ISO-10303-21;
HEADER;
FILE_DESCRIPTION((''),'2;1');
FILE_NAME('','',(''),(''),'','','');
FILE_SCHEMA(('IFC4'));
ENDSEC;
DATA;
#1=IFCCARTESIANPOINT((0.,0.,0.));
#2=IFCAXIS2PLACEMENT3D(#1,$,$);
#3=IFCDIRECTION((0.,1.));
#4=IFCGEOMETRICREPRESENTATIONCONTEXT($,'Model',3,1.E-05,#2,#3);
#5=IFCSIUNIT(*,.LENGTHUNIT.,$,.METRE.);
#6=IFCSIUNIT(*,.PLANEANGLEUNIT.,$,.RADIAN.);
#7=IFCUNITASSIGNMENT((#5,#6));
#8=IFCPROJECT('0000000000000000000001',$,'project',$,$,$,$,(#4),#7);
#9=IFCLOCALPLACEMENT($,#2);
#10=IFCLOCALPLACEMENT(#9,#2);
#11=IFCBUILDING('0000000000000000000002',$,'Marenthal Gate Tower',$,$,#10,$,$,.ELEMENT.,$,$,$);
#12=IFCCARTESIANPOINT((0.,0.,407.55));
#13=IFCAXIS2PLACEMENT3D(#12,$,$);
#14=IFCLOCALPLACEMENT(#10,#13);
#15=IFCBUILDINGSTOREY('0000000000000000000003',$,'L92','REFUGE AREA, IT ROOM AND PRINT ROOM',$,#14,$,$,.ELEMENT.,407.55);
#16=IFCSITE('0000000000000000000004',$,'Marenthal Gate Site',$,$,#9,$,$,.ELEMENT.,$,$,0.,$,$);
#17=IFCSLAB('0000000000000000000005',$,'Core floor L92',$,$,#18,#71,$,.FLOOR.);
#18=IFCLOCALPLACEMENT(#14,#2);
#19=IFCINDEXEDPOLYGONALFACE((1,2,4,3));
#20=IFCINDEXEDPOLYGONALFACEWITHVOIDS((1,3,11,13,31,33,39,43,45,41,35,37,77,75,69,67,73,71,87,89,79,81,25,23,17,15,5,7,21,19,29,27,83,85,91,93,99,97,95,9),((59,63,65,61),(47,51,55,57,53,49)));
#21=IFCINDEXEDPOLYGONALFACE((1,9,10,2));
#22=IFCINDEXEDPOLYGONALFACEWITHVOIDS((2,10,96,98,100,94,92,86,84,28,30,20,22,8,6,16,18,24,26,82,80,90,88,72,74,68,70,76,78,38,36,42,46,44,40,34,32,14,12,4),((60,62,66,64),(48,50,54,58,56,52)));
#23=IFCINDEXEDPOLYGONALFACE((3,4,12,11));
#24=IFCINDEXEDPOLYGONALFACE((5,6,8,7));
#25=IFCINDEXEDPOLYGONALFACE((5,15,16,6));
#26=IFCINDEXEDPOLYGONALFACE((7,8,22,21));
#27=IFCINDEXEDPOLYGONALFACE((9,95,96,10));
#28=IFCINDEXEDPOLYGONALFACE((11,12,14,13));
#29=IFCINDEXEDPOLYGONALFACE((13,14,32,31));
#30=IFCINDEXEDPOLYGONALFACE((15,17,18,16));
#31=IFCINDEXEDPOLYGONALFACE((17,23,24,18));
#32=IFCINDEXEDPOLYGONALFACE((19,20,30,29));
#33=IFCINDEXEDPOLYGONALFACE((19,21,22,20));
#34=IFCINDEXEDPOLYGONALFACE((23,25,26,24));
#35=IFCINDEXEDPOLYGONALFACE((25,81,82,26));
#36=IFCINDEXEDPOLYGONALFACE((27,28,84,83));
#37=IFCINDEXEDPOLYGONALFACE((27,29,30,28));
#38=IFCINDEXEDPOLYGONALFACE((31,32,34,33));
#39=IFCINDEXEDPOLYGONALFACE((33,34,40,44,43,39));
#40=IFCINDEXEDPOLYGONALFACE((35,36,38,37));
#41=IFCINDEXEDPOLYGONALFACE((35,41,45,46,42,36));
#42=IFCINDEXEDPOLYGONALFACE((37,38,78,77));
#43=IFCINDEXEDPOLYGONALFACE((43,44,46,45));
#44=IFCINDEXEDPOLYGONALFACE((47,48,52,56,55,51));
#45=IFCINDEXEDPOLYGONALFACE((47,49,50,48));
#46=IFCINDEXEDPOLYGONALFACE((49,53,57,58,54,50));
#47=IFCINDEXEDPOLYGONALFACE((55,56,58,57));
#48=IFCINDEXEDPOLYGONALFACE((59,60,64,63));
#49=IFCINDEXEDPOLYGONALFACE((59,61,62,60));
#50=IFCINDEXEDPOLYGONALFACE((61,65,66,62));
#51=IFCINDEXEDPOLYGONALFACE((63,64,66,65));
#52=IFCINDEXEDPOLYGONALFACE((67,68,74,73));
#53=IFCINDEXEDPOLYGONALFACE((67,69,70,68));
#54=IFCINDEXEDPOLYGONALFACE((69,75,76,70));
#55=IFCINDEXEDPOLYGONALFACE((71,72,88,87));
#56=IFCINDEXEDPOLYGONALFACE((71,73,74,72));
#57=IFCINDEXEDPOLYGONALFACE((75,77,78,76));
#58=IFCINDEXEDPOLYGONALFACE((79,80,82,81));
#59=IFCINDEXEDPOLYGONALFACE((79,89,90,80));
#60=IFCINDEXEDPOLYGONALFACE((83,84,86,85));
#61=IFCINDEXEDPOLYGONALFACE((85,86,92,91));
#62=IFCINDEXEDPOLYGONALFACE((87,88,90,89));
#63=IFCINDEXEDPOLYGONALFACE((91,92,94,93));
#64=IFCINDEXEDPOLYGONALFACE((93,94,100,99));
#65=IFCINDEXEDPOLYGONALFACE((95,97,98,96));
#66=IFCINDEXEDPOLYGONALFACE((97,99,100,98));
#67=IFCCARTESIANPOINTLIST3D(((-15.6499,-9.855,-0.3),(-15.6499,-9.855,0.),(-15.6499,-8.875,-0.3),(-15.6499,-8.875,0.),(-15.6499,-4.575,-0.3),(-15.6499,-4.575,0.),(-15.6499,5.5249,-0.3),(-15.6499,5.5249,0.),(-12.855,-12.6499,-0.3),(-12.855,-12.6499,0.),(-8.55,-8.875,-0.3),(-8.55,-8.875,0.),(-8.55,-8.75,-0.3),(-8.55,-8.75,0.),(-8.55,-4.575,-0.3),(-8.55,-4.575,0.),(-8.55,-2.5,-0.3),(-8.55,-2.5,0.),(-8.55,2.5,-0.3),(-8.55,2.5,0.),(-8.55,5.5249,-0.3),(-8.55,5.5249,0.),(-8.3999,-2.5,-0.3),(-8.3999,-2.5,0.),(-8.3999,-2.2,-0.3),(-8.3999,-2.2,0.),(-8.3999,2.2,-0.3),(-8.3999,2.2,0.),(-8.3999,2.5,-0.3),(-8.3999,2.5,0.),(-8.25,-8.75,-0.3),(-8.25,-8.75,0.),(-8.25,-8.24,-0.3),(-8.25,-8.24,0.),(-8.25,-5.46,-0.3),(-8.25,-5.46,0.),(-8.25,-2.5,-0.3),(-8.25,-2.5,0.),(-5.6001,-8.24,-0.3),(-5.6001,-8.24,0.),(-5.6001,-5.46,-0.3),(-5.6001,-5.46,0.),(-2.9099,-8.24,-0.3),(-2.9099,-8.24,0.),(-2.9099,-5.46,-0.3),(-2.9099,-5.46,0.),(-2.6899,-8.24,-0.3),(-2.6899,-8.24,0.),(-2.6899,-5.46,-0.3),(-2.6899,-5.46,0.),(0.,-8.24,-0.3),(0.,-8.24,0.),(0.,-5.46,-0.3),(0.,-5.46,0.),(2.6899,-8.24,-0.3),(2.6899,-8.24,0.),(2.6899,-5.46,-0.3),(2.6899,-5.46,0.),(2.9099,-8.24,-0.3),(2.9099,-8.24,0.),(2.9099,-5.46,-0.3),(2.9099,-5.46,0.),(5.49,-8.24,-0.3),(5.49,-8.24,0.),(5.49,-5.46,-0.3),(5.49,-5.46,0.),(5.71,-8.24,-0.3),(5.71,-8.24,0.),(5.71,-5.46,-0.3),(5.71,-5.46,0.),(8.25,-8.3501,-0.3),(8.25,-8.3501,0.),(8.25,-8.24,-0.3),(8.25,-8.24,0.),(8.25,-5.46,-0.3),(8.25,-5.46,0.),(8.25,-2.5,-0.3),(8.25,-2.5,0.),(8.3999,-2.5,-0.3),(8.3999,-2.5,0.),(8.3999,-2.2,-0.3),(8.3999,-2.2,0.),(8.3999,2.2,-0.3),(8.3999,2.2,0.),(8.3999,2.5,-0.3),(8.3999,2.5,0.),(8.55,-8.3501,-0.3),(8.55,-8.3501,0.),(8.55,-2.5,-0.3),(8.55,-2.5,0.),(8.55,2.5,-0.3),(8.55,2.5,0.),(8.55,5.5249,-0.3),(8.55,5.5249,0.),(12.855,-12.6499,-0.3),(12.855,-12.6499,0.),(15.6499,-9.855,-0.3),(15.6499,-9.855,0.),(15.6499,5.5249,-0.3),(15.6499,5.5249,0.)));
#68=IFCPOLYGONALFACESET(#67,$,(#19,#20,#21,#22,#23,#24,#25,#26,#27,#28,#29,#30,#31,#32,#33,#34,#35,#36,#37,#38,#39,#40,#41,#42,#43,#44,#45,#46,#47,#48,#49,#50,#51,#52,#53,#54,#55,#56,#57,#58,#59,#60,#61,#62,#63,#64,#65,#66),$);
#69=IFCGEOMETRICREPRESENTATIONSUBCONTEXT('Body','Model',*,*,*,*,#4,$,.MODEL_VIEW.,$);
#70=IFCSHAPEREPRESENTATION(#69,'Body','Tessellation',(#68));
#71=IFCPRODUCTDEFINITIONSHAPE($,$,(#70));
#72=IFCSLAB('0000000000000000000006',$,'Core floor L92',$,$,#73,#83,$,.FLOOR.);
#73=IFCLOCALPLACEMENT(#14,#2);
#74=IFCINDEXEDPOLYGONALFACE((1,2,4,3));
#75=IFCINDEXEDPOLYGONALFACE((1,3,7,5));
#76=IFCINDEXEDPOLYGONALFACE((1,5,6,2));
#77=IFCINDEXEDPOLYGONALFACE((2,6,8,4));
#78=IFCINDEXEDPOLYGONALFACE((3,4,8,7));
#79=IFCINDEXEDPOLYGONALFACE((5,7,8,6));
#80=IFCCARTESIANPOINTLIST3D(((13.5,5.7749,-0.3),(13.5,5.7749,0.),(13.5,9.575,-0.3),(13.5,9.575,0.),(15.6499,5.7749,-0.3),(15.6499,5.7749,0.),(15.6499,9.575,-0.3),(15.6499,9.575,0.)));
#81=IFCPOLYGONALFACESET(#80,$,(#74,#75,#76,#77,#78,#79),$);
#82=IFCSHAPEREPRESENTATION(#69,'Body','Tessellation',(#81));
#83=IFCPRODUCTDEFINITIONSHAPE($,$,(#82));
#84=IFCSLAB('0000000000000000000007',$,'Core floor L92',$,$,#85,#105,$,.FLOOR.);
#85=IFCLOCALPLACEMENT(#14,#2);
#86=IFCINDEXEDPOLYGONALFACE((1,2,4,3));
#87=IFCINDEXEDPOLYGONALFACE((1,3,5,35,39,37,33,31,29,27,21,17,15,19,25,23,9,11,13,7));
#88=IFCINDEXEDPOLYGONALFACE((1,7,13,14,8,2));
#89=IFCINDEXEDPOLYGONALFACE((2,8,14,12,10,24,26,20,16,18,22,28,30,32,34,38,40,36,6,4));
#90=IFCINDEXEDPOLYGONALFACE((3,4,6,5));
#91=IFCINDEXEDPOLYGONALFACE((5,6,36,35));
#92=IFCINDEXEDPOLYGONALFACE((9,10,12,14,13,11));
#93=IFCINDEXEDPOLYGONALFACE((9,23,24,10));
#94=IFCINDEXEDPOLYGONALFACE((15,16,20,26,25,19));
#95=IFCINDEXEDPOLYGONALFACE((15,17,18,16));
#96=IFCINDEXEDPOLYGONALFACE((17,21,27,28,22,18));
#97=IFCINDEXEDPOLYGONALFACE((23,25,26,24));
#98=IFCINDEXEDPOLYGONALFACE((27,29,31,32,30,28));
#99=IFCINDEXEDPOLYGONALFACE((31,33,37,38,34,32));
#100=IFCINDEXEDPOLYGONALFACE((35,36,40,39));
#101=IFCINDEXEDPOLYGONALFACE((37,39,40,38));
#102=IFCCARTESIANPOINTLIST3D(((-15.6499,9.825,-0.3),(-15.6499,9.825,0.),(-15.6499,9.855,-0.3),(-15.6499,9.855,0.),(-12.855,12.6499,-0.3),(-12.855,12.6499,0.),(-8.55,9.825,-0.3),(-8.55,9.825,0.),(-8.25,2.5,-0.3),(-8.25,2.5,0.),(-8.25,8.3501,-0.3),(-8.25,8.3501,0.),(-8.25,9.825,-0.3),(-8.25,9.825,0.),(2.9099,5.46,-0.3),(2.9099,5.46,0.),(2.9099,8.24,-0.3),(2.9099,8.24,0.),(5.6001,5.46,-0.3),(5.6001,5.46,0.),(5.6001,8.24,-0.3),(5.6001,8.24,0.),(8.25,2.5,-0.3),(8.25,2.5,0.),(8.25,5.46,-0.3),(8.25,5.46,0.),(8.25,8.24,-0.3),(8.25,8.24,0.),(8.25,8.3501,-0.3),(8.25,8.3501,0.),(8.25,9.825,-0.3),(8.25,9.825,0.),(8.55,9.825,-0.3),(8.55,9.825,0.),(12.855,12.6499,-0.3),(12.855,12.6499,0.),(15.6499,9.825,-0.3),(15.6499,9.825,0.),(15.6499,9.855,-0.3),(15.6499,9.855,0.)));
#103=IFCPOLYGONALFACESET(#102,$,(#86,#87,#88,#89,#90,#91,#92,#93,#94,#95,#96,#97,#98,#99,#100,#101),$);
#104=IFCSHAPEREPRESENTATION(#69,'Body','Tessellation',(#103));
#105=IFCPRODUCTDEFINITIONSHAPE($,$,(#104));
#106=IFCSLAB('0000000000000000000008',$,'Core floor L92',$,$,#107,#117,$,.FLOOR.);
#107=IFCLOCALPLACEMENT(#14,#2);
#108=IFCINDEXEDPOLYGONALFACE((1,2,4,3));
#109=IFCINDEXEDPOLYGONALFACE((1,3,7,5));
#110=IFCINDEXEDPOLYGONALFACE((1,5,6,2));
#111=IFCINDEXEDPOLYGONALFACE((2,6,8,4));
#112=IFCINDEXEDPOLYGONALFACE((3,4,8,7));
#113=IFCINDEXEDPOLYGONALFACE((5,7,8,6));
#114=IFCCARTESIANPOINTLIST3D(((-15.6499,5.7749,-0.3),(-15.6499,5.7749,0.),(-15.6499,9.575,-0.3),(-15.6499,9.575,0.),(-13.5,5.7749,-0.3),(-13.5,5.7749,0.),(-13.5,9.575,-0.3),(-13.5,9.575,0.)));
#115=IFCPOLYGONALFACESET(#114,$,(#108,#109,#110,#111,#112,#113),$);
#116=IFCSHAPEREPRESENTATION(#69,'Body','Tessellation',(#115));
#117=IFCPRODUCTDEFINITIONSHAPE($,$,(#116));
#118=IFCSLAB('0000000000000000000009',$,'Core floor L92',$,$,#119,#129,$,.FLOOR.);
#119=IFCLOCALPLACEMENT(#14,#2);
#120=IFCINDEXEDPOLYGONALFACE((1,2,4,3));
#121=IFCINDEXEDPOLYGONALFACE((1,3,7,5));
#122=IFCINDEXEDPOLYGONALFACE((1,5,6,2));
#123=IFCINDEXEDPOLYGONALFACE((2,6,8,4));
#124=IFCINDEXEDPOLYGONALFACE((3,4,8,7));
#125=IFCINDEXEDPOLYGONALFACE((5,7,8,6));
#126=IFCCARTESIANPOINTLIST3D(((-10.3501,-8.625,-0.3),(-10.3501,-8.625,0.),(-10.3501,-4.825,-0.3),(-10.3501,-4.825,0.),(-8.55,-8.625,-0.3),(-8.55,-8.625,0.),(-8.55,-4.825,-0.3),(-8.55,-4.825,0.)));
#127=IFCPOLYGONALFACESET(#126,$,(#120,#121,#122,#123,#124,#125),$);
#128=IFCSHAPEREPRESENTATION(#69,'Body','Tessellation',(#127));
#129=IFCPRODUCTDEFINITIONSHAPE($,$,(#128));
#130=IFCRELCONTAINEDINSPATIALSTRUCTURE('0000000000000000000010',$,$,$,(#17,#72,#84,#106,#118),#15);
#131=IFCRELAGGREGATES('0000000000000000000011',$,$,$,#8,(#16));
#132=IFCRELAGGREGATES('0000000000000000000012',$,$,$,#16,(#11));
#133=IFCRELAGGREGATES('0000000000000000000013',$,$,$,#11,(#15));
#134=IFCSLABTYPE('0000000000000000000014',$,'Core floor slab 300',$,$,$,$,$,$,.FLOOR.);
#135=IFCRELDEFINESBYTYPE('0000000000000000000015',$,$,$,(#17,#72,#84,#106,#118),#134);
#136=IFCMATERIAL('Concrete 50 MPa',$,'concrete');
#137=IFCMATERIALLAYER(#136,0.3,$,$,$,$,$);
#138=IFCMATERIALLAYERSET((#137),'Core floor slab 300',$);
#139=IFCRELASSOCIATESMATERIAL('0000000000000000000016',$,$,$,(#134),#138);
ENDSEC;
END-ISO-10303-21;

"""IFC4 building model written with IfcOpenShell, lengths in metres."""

from ifc_helpers import new_model, si_unit, direction, frame, origin, place, context, subcontext, project, spatial, polyline, outline, extrude, material, layer, layer_set, type_object, element, save


model = new_model("IFC4")

# Units and contexts
model_context = context("Model", 3, precision=1e-05, world=origin(), true_north=direction((0.0, 1.0)))
body_context = subcontext(model_context, "Body", "Model", "MODEL_VIEW")
ifc_project = project(units=[si_unit("LENGTHUNIT", "METRE"), si_unit("PLANEANGLEUNIT", "RADIAN")], contexts=[model_context])

# Site, building, storey
site_placement = place(None, origin())
site = spatial("IfcSite", under=ifc_project, at=site_placement, Name="Marenthal Gate Site", CompositionType="ELEMENT", RefElevation=0.0)
building_placement = place(site_placement, origin())
building = spatial("IfcBuilding", under=site, at=building_placement, Name="Marenthal Gate Tower", CompositionType="ELEMENT")
storey_placement = place(building_placement, frame((0.0, 0.0, 407.55)))
storey = spatial("IfcBuildingStorey", under=building, at=storey_placement, Name="L92", Description="REFUGE AREA, IT ROOM AND PRINT ROOM", CompositionType="ELEMENT", Elevation=407.55)

# Slabs
ifc_material_1 = material(Name="Concrete 50 MPa", Category="concrete")
ifc_layer_1 = layer(ifc_material_1, 0.3)
ifc_layer_set_1 = layer_set([ifc_layer_1], Name="Core floor slab 300")
slab_type_1 = type_object("IfcSlabType", Name="Core floor slab 300", PredefinedType="FLOOR", material=ifc_layer_set_1)
slab_1_placement = place(storey_placement, frame((0.0, 0.0, -0.3)))
element("IfcSlab", 1, at=slab_1_placement, inside=storey, type_object=slab_type_1, Name="Core floor L92", PredefinedType="FLOOR", context=body_context, shape_type="SweptSolid", body=[
    extrude(outline(polyline([(12.855, -12.6499), (-12.855, -12.6499), (-15.6499, -9.855), (-15.6499, -8.875), (-8.55, -8.875), (-8.55, -8.75), (-8.25, -8.75), (-8.25, -8.24), (-5.6001, -8.24), (-2.9099, -8.24), (-2.9099, -5.46), (-5.6001, -5.46), (-8.25, -5.46), (-8.25, -2.5), (8.25, -2.5), (8.25, -5.46), (5.71, -5.46), (5.71, -8.24), (8.25, -8.24), (8.25, -8.3501), (8.55, -8.3501), (8.55, -2.5), (8.3999, -2.5), (8.3999, -2.2), (-8.3999, -2.2), (-8.3999, -2.5), (-8.55, -2.5), (-8.55, -4.575), (-15.6499, -4.575), (-15.6499, 5.5249), (-8.55, 5.5249), (-8.55, 2.5), (-8.3999, 2.5), (-8.3999, 2.2), (8.3999, 2.2), (8.3999, 2.5), (8.55, 2.5), (8.55, 5.5249), (15.6499, 5.5249), (15.6499, -9.855), (12.855, -12.6499)]), holes=[polyline([(0.0, -8.24), (2.6899, -8.24), (2.6899, -5.46), (0.0, -5.46), (-2.6899, -5.46), (-2.6899, -8.24), (0.0, -8.24)]), polyline([(5.49, -5.46), (2.9099, -5.46), (2.9099, -8.24), (5.49, -8.24), (5.49, -5.46)])]), origin(), (0.0, 0.0, 1.0), 0.3),
])
slab_2_placement = place(storey_placement, frame((0.0, 0.0, -0.3)))
element("IfcSlab", 2, at=slab_2_placement, inside=storey, type_object=slab_type_1, Name="Core floor L92", PredefinedType="FLOOR", context=body_context, shape_type="SweptSolid", body=[
    extrude(outline(polyline([(15.6499, 5.7749), (13.5, 5.7749), (13.5, 9.575), (15.6499, 9.575), (15.6499, 5.7749)])), origin(), (0.0, 0.0, 1.0), 0.3),
])
slab_3_placement = place(storey_placement, frame((0.0, 0.0, -0.3)))
element("IfcSlab", 3, at=slab_3_placement, inside=storey, type_object=slab_type_1, Name="Core floor L92", PredefinedType="FLOOR", context=body_context, shape_type="SweptSolid", body=[
    extrude(outline(polyline([(15.6499, 9.825), (8.55, 9.825), (8.25, 9.825), (8.25, 8.3501), (8.25, 8.24), (5.6001, 8.24), (2.9099, 8.24), (2.9099, 5.46), (5.6001, 5.46), (8.25, 5.46), (8.25, 2.5), (-8.25, 2.5), (-8.25, 8.3501), (-8.25, 9.825), (-8.55, 9.825), (-15.6499, 9.825), (-15.6499, 9.855), (-12.855, 12.6499), (12.855, 12.6499), (15.6499, 9.855), (15.6499, 9.825)])), origin(), (0.0, 0.0, 1.0), 0.3),
])
slab_4_placement = place(storey_placement, frame((0.0, 0.0, -0.3)))
element("IfcSlab", 4, at=slab_4_placement, inside=storey, type_object=slab_type_1, Name="Core floor L92", PredefinedType="FLOOR", context=body_context, shape_type="SweptSolid", body=[
    extrude(outline(polyline([(-15.6499, 9.575), (-13.5, 9.575), (-13.5, 5.7749), (-15.6499, 5.7749), (-15.6499, 9.575)])), origin(), (0.0, 0.0, 1.0), 0.3),
])
slab_5_placement = place(storey_placement, frame((0.0, 0.0, -0.3)))
element("IfcSlab", 5, at=slab_5_placement, inside=storey, type_object=slab_type_1, Name="Core floor L92", PredefinedType="FLOOR", context=body_context, shape_type="SweptSolid", body=[
    extrude(outline(polyline([(-8.55, -4.825), (-8.55, -8.625), (-10.3501, -8.625), (-10.3501, -4.825), (-8.55, -4.825)])), origin(), (0.0, 0.0, 1.0), 0.3),
])

save(model, "model.ifc")
